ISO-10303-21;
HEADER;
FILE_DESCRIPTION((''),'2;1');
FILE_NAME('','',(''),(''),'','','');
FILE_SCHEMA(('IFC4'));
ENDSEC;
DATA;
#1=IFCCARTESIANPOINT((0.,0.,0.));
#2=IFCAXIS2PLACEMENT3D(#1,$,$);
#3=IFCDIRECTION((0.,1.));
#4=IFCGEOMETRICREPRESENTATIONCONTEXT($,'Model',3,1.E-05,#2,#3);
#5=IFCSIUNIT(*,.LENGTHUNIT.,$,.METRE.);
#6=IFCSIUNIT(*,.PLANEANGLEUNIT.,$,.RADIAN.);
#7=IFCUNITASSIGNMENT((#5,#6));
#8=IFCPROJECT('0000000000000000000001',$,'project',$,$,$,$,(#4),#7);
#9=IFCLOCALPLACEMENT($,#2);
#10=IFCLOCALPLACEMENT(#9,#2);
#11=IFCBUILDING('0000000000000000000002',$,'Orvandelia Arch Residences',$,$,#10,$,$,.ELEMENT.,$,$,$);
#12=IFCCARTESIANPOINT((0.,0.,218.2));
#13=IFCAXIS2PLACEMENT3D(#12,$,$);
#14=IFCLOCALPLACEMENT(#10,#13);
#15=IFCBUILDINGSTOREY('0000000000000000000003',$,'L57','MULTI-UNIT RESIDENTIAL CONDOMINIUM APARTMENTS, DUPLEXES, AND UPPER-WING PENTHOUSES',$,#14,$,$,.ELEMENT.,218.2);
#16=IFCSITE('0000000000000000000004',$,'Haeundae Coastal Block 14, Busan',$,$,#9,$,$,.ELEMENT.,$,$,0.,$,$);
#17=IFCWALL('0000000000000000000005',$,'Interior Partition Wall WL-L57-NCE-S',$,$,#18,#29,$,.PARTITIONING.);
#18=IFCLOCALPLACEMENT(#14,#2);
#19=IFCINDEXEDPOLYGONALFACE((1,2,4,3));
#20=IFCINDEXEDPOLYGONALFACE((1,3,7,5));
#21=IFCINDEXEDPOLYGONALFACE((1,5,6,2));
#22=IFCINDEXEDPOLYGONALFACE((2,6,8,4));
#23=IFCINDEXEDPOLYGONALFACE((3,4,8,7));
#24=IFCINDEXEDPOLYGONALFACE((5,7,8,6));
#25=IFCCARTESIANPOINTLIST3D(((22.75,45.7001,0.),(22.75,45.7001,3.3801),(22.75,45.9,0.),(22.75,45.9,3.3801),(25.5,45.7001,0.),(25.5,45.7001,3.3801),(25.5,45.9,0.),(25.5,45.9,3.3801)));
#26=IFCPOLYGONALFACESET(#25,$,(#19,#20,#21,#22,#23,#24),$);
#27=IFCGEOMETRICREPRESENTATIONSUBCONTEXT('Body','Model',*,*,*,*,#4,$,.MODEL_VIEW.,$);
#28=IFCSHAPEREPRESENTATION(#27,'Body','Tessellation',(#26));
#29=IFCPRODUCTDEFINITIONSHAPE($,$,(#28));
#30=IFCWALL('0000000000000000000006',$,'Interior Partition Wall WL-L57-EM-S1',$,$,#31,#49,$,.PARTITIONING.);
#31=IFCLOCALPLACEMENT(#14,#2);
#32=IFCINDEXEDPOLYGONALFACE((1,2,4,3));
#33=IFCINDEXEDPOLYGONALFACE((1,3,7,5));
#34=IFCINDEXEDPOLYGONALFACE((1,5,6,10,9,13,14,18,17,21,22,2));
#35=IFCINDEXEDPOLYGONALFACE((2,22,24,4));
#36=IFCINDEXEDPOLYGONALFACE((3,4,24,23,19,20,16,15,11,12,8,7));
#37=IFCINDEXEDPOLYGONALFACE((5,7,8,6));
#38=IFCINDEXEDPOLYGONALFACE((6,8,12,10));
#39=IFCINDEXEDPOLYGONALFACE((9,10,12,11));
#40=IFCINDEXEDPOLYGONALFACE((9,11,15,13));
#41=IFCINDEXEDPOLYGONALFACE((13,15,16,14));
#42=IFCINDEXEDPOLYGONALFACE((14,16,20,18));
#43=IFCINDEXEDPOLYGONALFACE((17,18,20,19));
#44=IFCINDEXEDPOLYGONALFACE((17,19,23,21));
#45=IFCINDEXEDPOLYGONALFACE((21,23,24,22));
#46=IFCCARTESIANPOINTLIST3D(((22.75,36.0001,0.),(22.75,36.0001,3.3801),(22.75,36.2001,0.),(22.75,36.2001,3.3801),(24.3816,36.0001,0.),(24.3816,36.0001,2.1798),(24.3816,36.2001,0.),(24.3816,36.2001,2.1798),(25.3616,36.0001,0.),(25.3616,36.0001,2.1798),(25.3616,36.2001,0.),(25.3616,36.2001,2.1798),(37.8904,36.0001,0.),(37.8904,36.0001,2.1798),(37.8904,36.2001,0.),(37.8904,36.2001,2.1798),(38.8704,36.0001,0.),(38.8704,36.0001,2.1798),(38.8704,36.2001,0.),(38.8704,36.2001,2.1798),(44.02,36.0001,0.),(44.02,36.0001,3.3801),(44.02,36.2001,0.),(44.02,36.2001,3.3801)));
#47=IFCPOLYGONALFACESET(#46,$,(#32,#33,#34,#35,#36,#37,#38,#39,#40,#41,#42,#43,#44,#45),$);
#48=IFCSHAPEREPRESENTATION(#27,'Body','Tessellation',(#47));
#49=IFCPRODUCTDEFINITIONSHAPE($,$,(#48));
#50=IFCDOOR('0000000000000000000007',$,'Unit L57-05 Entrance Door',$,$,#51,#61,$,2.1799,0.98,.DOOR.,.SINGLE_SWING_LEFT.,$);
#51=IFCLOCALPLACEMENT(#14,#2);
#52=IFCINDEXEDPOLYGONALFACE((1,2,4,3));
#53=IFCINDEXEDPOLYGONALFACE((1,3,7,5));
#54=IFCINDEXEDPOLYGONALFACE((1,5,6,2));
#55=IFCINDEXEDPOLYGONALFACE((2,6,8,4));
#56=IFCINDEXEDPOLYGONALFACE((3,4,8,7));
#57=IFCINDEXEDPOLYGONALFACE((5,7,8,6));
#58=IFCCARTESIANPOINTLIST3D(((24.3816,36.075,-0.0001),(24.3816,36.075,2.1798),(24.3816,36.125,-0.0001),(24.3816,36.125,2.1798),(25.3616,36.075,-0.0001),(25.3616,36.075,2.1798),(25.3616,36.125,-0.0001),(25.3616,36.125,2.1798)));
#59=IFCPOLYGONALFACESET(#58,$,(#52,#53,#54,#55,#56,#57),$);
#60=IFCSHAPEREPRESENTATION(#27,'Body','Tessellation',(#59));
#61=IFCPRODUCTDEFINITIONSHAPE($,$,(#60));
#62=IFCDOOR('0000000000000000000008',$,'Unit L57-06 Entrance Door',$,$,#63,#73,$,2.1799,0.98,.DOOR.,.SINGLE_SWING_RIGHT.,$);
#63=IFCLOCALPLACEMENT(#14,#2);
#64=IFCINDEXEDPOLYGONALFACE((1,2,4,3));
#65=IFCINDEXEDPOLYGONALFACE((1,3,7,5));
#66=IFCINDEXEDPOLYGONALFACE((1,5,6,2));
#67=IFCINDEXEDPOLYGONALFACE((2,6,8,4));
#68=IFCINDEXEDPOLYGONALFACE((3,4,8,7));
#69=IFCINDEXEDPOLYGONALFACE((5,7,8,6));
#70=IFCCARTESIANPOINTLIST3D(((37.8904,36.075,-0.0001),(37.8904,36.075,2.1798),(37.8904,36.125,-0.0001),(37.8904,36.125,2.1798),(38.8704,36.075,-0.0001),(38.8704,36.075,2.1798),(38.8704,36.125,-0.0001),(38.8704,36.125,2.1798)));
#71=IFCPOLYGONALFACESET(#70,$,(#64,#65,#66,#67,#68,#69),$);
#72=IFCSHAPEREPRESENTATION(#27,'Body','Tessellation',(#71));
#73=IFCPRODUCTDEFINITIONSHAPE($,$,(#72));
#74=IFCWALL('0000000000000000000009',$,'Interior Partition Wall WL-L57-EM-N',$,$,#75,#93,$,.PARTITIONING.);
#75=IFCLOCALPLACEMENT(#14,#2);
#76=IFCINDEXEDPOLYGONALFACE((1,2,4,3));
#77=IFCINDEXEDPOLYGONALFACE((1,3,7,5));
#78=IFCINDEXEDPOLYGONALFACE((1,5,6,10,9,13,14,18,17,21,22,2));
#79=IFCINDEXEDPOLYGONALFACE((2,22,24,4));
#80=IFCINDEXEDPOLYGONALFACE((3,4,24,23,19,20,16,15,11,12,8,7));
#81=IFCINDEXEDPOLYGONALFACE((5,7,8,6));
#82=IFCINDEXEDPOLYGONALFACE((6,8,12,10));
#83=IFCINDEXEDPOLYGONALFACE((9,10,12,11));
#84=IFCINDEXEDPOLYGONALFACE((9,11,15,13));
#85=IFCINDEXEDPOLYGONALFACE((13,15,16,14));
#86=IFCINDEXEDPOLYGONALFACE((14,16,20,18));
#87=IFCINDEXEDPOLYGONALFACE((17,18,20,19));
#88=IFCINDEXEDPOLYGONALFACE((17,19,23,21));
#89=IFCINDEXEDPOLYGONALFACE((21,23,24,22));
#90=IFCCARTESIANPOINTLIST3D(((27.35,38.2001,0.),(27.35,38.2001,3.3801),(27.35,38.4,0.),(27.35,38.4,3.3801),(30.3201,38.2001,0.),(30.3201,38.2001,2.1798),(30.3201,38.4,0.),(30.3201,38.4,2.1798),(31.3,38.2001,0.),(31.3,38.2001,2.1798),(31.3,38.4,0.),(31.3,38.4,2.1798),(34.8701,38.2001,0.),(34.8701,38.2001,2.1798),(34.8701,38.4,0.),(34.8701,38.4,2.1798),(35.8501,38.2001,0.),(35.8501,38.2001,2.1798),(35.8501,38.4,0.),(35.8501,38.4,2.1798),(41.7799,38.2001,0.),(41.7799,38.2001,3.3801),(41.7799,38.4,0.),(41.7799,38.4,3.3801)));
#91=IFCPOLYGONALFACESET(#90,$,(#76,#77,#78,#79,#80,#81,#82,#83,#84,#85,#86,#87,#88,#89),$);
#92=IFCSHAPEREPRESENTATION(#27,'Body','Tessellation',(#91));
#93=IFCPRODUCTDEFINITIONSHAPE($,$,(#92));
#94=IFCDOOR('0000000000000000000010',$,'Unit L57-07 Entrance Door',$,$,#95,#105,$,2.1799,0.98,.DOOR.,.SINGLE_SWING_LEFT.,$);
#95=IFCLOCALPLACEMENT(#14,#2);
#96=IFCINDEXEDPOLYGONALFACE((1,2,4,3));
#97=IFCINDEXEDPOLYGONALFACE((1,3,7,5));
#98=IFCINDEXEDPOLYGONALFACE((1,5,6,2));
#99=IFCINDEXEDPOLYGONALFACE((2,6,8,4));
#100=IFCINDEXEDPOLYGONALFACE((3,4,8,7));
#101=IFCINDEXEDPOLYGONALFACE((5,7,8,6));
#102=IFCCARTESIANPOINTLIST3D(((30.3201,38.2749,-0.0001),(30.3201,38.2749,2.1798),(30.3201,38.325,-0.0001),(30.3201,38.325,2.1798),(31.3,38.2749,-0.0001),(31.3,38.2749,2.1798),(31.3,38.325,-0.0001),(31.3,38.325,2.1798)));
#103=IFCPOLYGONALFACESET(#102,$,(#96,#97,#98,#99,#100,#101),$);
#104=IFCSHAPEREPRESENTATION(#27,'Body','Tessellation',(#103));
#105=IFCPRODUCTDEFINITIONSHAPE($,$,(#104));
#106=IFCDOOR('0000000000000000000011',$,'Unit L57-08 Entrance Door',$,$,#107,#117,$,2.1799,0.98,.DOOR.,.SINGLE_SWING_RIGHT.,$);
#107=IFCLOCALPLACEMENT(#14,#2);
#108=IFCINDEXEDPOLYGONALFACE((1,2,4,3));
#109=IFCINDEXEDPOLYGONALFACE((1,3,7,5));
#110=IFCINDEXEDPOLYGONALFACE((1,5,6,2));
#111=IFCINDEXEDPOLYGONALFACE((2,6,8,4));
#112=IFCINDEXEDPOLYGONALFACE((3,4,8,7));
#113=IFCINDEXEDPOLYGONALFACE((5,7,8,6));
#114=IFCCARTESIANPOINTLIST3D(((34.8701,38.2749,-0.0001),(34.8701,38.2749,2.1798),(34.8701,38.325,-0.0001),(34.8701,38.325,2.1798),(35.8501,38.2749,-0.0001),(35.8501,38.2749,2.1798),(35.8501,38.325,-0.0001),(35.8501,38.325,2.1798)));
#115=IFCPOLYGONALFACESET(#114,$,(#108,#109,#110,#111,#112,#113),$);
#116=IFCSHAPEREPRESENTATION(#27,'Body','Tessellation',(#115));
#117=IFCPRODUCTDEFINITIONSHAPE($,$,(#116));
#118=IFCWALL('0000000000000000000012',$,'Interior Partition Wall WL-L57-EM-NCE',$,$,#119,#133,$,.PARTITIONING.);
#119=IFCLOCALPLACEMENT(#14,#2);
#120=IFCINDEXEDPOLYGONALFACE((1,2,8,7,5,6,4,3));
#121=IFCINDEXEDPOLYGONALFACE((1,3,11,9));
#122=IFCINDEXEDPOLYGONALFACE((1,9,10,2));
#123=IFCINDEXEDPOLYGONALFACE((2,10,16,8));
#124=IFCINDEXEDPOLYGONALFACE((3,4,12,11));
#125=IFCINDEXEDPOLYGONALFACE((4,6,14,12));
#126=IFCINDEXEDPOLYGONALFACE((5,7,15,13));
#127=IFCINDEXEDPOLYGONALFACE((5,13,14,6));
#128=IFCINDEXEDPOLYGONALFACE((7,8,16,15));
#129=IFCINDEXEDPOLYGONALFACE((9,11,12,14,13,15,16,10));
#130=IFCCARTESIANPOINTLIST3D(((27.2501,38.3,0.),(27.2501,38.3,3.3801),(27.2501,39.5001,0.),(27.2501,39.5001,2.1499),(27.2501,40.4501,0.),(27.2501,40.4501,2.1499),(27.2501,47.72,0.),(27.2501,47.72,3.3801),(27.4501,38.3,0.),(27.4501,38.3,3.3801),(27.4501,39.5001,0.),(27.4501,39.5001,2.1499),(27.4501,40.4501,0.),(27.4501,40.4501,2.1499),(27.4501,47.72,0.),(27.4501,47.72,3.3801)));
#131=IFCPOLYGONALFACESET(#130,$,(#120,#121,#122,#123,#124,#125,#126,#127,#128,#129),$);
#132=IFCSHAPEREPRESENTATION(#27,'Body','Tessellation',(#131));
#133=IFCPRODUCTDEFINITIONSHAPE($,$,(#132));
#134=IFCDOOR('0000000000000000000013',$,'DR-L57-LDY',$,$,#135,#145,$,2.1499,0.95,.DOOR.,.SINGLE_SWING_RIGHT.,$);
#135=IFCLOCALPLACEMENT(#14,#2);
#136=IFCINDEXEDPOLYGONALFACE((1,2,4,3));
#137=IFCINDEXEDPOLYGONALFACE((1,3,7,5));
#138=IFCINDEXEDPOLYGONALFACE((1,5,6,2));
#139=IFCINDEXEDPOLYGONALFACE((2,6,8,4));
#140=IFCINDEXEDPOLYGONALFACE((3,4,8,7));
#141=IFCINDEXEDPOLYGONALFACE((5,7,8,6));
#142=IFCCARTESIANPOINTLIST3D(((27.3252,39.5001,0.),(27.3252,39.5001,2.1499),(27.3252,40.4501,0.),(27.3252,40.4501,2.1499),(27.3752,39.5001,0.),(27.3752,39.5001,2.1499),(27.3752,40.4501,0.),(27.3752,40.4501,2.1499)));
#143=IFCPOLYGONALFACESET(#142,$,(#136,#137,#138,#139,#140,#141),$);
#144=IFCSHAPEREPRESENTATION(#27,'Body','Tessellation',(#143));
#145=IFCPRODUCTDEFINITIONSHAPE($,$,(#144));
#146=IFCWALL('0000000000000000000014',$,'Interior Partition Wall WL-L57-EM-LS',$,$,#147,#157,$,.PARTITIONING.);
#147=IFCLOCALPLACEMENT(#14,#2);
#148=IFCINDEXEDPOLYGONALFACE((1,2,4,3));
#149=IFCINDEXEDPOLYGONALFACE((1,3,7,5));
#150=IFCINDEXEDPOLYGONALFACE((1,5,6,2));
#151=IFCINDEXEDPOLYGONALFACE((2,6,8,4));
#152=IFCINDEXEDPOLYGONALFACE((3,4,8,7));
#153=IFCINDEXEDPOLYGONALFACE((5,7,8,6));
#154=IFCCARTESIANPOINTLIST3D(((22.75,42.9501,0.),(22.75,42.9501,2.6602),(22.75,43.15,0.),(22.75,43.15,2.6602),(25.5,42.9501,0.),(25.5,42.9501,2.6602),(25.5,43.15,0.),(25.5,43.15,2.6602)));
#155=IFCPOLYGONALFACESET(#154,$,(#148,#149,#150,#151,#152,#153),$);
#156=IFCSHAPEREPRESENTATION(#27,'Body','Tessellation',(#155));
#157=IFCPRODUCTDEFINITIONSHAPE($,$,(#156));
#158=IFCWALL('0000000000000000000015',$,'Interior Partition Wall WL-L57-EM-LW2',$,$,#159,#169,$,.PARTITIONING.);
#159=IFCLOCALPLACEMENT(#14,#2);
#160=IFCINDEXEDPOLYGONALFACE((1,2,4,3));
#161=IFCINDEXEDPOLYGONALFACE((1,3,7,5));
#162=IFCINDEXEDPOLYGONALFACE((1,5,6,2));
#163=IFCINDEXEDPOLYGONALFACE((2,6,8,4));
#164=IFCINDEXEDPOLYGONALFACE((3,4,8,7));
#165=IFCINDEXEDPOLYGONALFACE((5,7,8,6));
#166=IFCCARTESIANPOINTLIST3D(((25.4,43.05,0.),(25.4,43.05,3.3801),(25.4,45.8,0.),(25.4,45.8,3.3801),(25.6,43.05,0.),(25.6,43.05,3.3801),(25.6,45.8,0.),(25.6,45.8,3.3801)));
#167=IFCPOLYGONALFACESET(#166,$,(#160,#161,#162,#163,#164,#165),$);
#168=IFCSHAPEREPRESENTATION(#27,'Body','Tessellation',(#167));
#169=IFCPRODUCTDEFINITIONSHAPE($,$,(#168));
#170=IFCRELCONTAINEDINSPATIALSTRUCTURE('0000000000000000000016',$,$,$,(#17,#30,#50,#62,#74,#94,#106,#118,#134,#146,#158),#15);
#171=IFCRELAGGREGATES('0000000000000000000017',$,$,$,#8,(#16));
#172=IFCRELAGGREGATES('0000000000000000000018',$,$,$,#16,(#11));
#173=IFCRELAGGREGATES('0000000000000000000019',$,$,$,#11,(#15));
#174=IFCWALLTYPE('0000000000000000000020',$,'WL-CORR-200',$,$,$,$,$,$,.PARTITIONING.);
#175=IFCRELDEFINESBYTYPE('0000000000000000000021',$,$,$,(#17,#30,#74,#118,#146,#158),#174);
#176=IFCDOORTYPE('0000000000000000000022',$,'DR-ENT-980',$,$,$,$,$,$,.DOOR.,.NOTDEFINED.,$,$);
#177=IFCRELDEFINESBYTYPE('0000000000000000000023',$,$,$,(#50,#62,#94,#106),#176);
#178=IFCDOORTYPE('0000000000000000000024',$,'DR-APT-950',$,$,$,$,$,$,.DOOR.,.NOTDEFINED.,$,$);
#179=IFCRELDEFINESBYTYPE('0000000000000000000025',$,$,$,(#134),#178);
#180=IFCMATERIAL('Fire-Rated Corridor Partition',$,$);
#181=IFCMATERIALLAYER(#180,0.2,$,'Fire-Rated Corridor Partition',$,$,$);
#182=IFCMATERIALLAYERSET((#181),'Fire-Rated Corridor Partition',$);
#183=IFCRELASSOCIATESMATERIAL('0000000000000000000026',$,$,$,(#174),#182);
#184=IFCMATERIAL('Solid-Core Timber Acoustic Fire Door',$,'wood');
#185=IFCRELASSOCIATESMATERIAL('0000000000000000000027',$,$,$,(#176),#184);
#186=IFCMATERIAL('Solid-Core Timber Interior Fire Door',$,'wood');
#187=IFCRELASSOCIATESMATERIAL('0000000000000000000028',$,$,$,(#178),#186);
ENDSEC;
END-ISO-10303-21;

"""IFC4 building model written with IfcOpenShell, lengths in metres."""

from ifc_helpers import new_model, si_unit, direction, frame, frame_2d, origin, place, context, subcontext, project, spatial, rectangle, extrude, material, layer, layer_set, type_object, element, fill, save


model = new_model("IFC4")

# Units and contexts
model_context = context("Model", 3, precision=1e-05, world=origin(), true_north=direction((0.0, 1.0)))
body_context = subcontext(model_context, "Body", "Model", "MODEL_VIEW")
ifc_project = project(units=[si_unit("LENGTHUNIT", "METRE"), si_unit("PLANEANGLEUNIT", "RADIAN")], contexts=[model_context])

# Site, building, storey
site_placement = place(None, origin())
site = spatial("IfcSite", under=ifc_project, at=site_placement, Name="Haeundae Coastal Block 14, Busan", CompositionType="ELEMENT", RefElevation=0.0)
building_placement = place(site_placement, origin())
building = spatial("IfcBuilding", under=site, at=building_placement, Name="Orvandelia Arch Residences", CompositionType="ELEMENT")
storey_placement = place(building_placement, frame((0.0, 0.0, 218.2)))
storey = spatial("IfcBuildingStorey", under=building, at=storey_placement, Name="L57", Description="MULTI-UNIT RESIDENTIAL CONDOMINIUM APARTMENTS, DUPLEXES, AND UPPER-WING PENTHOUSES", CompositionType="ELEMENT", Elevation=218.2)

# Wall
ifc_material_1 = material(Name="Fire-Rated Corridor Partition")
ifc_layer_1 = layer(ifc_material_1, 0.2, Name="Fire-Rated Corridor Partition")
ifc_layer_set_1 = layer_set([ifc_layer_1], Name="Fire-Rated Corridor Partition")
wall_type_1 = type_object("IfcWallType", Name="WL-CORR-200", PredefinedType="PARTITIONING", material=ifc_layer_set_1)
wall_1_placement = place(storey_placement, frame((22.75, 45.8, 0.0), z_axis=(0.0, 0.0, 1.0), x_axis=(1.0, 0.0, 0.0)))
element("IfcWall", 1, at=wall_1_placement, inside=storey, type_object=wall_type_1, Name="Interior Partition Wall WL-L57-NCE-S", PredefinedType="PARTITIONING", context=body_context, shape_type="SweptSolid", body=[
    extrude(rectangle(XDim=2.75, YDim=0.2, at=frame_2d((1.375, 0.0))), origin(), (0.0, 0.0, 1.0), 3.3801),
])

# Walls, openings, doors
wall_2_placement = place(storey_placement, frame((22.75, 36.1001, 0.0), z_axis=(0.0, 0.0, 1.0), x_axis=(1.0, 0.0, 0.0)))
wall_2 = element("IfcWall", 2, at=wall_2_placement, inside=storey, type_object=wall_type_1, Name="Interior Partition Wall WL-L57-EM-S1", PredefinedType="PARTITIONING", context=body_context, shape_type="SweptSolid", body=[
    extrude(rectangle(XDim=21.27, YDim=0.2, at=frame_2d((10.635, 0.0))), origin(), (0.0, 0.0, 1.0), 3.3801),
])
opening_1_placement = place(wall_2_placement, frame((1.6316, 0.0, 0.0)))
opening_1 = element("IfcOpeningElement", 3, at=opening_1_placement, cuts=wall_2, PredefinedType="OPENING", context=body_context, shape_type="SweptSolid", body=[
    extrude(rectangle(XDim=0.98, YDim=2.1799, at=frame_2d((0.49, 1.0898))), frame((0.0, 0.1099, 0.0), z_axis=(0.0, -1.0, 0.0), x_axis=(1.0, 0.0, 0.0)), (0.0, 0.0, 1.0), 0.22),
])
opening_2_placement = place(wall_2_placement, frame((15.1404, 0.0, 0.0)))
opening_2 = element("IfcOpeningElement", 4, at=opening_2_placement, cuts=wall_2, PredefinedType="OPENING", context=body_context, shape_type="SweptSolid", body=[
    extrude(rectangle(XDim=0.98, YDim=2.1799, at=frame_2d((0.49, 1.0898))), frame((0.0, 0.1099, 0.0), z_axis=(0.0, -1.0, 0.0), x_axis=(1.0, 0.0, 0.0)), (0.0, 0.0, 1.0), 0.22),
])
ifc_material_2 = material(Name="Solid-Core Timber Acoustic Fire Door", Category="wood")
door_type_1 = type_object("IfcDoorType", Name="DR-ENT-980", OperationType="NOTDEFINED", PredefinedType="DOOR", material=ifc_material_2)
door_1_placement = place(opening_1_placement, origin())
door_1 = element("IfcDoor", 5, at=door_1_placement, inside=storey, type_object=door_type_1, Name="Unit L57-05 Entrance Door", OperationType="SINGLE_SWING_LEFT", OverallHeight=2.1799, OverallWidth=0.98, PredefinedType="DOOR", context=body_context, shape_type="SweptSolid", body=[
    extrude(rectangle(XDim=0.98, YDim=2.1799, at=frame_2d((0.49, 1.0898))), frame((0.0, 0.0249, 0.0), z_axis=(0.0, -1.0, 0.0), x_axis=(1.0, 0.0, 0.0)), (0.0, 0.0, 1.0), 0.05),
])
fill(opening_1, door_1)
door_2_placement = place(opening_2_placement, origin())
door_2 = element("IfcDoor", 6, at=door_2_placement, inside=storey, type_object=door_type_1, Name="Unit L57-06 Entrance Door", OperationType="SINGLE_SWING_RIGHT", OverallHeight=2.1799, OverallWidth=0.98, PredefinedType="DOOR", context=body_context, shape_type="SweptSolid", body=[
    extrude(rectangle(XDim=0.98, YDim=2.1799, at=frame_2d((0.49, 1.0898))), frame((0.0, 0.0249, 0.0), z_axis=(0.0, -1.0, 0.0), x_axis=(1.0, 0.0, 0.0)), (0.0, 0.0, 1.0), 0.05),
])
fill(opening_2, door_2)
wall_3_placement = place(storey_placement, frame((27.3501, 38.3, 0.0), z_axis=(0.0, 0.0, 1.0), x_axis=(1.0, 0.0, 0.0)))
wall_3 = element("IfcWall", 7, at=wall_3_placement, inside=storey, type_object=wall_type_1, Name="Interior Partition Wall WL-L57-EM-N", PredefinedType="PARTITIONING", context=body_context, shape_type="SweptSolid", body=[
    extrude(rectangle(XDim=14.4299, YDim=0.2, at=frame_2d((7.2148, 0.0))), origin(), (0.0, 0.0, 1.0), 3.3801),
])
opening_3_placement = place(wall_3_placement, frame((2.97, 0.0, 0.0)))
opening_3 = element("IfcOpeningElement", 8, at=opening_3_placement, cuts=wall_3, PredefinedType="OPENING", context=body_context, shape_type="SweptSolid", body=[
    extrude(rectangle(XDim=0.98, YDim=2.1799, at=frame_2d((0.49, 1.0898))), frame((0.0, 0.1099, 0.0), z_axis=(0.0, -1.0, 0.0), x_axis=(1.0, 0.0, 0.0)), (0.0, 0.0, 1.0), 0.22),
])
opening_4_placement = place(wall_3_placement, frame((7.52, 0.0, 0.0)))
opening_4 = element("IfcOpeningElement", 9, at=opening_4_placement, cuts=wall_3, PredefinedType="OPENING", context=body_context, shape_type="SweptSolid", body=[
    extrude(rectangle(XDim=0.98, YDim=2.1799, at=frame_2d((0.49, 1.0898))), frame((0.0, 0.1099, 0.0), z_axis=(0.0, -1.0, 0.0), x_axis=(1.0, 0.0, 0.0)), (0.0, 0.0, 1.0), 0.22),
])
door_3_placement = place(opening_3_placement, origin())
door_3 = element("IfcDoor", 10, at=door_3_placement, inside=storey, type_object=door_type_1, Name="Unit L57-07 Entrance Door", OperationType="SINGLE_SWING_LEFT", OverallHeight=2.1799, OverallWidth=0.98, PredefinedType="DOOR", context=body_context, shape_type="SweptSolid", body=[
    extrude(rectangle(XDim=0.98, YDim=2.1799, at=frame_2d((0.49, 1.0898))), frame((0.0, 0.0249, 0.0), z_axis=(0.0, -1.0, 0.0), x_axis=(1.0, 0.0, 0.0)), (0.0, 0.0, 1.0), 0.05),
])
fill(opening_3, door_3)
door_4_placement = place(opening_4_placement, origin())
door_4 = element("IfcDoor", 11, at=door_4_placement, inside=storey, type_object=door_type_1, Name="Unit L57-08 Entrance Door", OperationType="SINGLE_SWING_RIGHT", OverallHeight=2.1799, OverallWidth=0.98, PredefinedType="DOOR", context=body_context, shape_type="SweptSolid", body=[
    extrude(rectangle(XDim=0.98, YDim=2.1799, at=frame_2d((0.49, 1.0898))), frame((0.0, 0.0249, 0.0), z_axis=(0.0, -1.0, 0.0), x_axis=(1.0, 0.0, 0.0)), (0.0, 0.0, 1.0), 0.05),
])
fill(opening_4, door_4)

# Wall, opening, door
wall_4_placement = place(storey_placement, frame((27.3501, 38.3, 0.0), z_axis=(0.0, 0.0, 1.0), x_axis=(0.0, 1.0, 0.0)))
wall_4 = element("IfcWall", 12, at=wall_4_placement, inside=storey, type_object=wall_type_1, Name="Interior Partition Wall WL-L57-EM-NCE", PredefinedType="PARTITIONING", context=body_context, shape_type="SweptSolid", body=[
    extrude(rectangle(XDim=9.4199, YDim=0.2, at=frame_2d((4.71, 0.0))), origin(), (0.0, 0.0, 1.0), 3.3801),
])
opening_5_placement = place(wall_4_placement, frame((1.2, 0.0, 0.0)))
opening_5 = element("IfcOpeningElement", 13, at=opening_5_placement, cuts=wall_4, PredefinedType="OPENING", context=body_context, shape_type="SweptSolid", body=[
    extrude(rectangle(XDim=0.95, YDim=2.1499, at=frame_2d((0.4751, 1.075))), frame((0.0, 0.1099, 0.0), z_axis=(0.0, -1.0, 0.0), x_axis=(1.0, 0.0, 0.0)), (0.0, 0.0, 1.0), 0.22),
])
ifc_material_3 = material(Name="Solid-Core Timber Interior Fire Door", Category="wood")
door_type_2 = type_object("IfcDoorType", Name="DR-APT-950", OperationType="NOTDEFINED", PredefinedType="DOOR", material=ifc_material_3)
door_5_placement = place(opening_5_placement, origin())
door_5 = element("IfcDoor", 14, at=door_5_placement, inside=storey, type_object=door_type_2, Name="DR-L57-LDY", OperationType="SINGLE_SWING_RIGHT", OverallHeight=2.1499, OverallWidth=0.95, PredefinedType="DOOR", context=body_context, shape_type="SweptSolid", body=[
    extrude(rectangle(XDim=0.95, YDim=2.1499, at=frame_2d((0.4751, 1.075))), frame((0.0, 0.0249, 0.0), z_axis=(0.0, -1.0, 0.0), x_axis=(1.0, 0.0, 0.0)), (0.0, 0.0, 1.0), 0.05),
])
fill(opening_5, door_5)

# Walls
wall_5_placement = place(storey_placement, frame((22.75, 43.05, 0.0), z_axis=(0.0, 0.0, 1.0), x_axis=(1.0, 0.0, 0.0)))
element("IfcWall", 15, at=wall_5_placement, inside=storey, type_object=wall_type_1, Name="Interior Partition Wall WL-L57-EM-LS", PredefinedType="PARTITIONING", context=body_context, shape_type="SweptSolid", body=[
    extrude(rectangle(XDim=2.75, YDim=0.2, at=frame_2d((1.375, 0.0))), origin(), (0.0, 0.0, 1.0), 2.6602),
])
wall_6_placement = place(storey_placement, frame((25.5, 43.05, 0.0), z_axis=(0.0, 0.0, 1.0), x_axis=(0.0, 1.0, 0.0)))
element("IfcWall", 16, at=wall_6_placement, inside=storey, type_object=wall_type_1, Name="Interior Partition Wall WL-L57-EM-LW2", PredefinedType="PARTITIONING", context=body_context, shape_type="SweptSolid", body=[
    extrude(rectangle(XDim=2.75, YDim=0.2, at=frame_2d((1.375, 0.0))), origin(), (0.0, 0.0, 1.0), 3.3801),
])

save(model, "model.ifc")
